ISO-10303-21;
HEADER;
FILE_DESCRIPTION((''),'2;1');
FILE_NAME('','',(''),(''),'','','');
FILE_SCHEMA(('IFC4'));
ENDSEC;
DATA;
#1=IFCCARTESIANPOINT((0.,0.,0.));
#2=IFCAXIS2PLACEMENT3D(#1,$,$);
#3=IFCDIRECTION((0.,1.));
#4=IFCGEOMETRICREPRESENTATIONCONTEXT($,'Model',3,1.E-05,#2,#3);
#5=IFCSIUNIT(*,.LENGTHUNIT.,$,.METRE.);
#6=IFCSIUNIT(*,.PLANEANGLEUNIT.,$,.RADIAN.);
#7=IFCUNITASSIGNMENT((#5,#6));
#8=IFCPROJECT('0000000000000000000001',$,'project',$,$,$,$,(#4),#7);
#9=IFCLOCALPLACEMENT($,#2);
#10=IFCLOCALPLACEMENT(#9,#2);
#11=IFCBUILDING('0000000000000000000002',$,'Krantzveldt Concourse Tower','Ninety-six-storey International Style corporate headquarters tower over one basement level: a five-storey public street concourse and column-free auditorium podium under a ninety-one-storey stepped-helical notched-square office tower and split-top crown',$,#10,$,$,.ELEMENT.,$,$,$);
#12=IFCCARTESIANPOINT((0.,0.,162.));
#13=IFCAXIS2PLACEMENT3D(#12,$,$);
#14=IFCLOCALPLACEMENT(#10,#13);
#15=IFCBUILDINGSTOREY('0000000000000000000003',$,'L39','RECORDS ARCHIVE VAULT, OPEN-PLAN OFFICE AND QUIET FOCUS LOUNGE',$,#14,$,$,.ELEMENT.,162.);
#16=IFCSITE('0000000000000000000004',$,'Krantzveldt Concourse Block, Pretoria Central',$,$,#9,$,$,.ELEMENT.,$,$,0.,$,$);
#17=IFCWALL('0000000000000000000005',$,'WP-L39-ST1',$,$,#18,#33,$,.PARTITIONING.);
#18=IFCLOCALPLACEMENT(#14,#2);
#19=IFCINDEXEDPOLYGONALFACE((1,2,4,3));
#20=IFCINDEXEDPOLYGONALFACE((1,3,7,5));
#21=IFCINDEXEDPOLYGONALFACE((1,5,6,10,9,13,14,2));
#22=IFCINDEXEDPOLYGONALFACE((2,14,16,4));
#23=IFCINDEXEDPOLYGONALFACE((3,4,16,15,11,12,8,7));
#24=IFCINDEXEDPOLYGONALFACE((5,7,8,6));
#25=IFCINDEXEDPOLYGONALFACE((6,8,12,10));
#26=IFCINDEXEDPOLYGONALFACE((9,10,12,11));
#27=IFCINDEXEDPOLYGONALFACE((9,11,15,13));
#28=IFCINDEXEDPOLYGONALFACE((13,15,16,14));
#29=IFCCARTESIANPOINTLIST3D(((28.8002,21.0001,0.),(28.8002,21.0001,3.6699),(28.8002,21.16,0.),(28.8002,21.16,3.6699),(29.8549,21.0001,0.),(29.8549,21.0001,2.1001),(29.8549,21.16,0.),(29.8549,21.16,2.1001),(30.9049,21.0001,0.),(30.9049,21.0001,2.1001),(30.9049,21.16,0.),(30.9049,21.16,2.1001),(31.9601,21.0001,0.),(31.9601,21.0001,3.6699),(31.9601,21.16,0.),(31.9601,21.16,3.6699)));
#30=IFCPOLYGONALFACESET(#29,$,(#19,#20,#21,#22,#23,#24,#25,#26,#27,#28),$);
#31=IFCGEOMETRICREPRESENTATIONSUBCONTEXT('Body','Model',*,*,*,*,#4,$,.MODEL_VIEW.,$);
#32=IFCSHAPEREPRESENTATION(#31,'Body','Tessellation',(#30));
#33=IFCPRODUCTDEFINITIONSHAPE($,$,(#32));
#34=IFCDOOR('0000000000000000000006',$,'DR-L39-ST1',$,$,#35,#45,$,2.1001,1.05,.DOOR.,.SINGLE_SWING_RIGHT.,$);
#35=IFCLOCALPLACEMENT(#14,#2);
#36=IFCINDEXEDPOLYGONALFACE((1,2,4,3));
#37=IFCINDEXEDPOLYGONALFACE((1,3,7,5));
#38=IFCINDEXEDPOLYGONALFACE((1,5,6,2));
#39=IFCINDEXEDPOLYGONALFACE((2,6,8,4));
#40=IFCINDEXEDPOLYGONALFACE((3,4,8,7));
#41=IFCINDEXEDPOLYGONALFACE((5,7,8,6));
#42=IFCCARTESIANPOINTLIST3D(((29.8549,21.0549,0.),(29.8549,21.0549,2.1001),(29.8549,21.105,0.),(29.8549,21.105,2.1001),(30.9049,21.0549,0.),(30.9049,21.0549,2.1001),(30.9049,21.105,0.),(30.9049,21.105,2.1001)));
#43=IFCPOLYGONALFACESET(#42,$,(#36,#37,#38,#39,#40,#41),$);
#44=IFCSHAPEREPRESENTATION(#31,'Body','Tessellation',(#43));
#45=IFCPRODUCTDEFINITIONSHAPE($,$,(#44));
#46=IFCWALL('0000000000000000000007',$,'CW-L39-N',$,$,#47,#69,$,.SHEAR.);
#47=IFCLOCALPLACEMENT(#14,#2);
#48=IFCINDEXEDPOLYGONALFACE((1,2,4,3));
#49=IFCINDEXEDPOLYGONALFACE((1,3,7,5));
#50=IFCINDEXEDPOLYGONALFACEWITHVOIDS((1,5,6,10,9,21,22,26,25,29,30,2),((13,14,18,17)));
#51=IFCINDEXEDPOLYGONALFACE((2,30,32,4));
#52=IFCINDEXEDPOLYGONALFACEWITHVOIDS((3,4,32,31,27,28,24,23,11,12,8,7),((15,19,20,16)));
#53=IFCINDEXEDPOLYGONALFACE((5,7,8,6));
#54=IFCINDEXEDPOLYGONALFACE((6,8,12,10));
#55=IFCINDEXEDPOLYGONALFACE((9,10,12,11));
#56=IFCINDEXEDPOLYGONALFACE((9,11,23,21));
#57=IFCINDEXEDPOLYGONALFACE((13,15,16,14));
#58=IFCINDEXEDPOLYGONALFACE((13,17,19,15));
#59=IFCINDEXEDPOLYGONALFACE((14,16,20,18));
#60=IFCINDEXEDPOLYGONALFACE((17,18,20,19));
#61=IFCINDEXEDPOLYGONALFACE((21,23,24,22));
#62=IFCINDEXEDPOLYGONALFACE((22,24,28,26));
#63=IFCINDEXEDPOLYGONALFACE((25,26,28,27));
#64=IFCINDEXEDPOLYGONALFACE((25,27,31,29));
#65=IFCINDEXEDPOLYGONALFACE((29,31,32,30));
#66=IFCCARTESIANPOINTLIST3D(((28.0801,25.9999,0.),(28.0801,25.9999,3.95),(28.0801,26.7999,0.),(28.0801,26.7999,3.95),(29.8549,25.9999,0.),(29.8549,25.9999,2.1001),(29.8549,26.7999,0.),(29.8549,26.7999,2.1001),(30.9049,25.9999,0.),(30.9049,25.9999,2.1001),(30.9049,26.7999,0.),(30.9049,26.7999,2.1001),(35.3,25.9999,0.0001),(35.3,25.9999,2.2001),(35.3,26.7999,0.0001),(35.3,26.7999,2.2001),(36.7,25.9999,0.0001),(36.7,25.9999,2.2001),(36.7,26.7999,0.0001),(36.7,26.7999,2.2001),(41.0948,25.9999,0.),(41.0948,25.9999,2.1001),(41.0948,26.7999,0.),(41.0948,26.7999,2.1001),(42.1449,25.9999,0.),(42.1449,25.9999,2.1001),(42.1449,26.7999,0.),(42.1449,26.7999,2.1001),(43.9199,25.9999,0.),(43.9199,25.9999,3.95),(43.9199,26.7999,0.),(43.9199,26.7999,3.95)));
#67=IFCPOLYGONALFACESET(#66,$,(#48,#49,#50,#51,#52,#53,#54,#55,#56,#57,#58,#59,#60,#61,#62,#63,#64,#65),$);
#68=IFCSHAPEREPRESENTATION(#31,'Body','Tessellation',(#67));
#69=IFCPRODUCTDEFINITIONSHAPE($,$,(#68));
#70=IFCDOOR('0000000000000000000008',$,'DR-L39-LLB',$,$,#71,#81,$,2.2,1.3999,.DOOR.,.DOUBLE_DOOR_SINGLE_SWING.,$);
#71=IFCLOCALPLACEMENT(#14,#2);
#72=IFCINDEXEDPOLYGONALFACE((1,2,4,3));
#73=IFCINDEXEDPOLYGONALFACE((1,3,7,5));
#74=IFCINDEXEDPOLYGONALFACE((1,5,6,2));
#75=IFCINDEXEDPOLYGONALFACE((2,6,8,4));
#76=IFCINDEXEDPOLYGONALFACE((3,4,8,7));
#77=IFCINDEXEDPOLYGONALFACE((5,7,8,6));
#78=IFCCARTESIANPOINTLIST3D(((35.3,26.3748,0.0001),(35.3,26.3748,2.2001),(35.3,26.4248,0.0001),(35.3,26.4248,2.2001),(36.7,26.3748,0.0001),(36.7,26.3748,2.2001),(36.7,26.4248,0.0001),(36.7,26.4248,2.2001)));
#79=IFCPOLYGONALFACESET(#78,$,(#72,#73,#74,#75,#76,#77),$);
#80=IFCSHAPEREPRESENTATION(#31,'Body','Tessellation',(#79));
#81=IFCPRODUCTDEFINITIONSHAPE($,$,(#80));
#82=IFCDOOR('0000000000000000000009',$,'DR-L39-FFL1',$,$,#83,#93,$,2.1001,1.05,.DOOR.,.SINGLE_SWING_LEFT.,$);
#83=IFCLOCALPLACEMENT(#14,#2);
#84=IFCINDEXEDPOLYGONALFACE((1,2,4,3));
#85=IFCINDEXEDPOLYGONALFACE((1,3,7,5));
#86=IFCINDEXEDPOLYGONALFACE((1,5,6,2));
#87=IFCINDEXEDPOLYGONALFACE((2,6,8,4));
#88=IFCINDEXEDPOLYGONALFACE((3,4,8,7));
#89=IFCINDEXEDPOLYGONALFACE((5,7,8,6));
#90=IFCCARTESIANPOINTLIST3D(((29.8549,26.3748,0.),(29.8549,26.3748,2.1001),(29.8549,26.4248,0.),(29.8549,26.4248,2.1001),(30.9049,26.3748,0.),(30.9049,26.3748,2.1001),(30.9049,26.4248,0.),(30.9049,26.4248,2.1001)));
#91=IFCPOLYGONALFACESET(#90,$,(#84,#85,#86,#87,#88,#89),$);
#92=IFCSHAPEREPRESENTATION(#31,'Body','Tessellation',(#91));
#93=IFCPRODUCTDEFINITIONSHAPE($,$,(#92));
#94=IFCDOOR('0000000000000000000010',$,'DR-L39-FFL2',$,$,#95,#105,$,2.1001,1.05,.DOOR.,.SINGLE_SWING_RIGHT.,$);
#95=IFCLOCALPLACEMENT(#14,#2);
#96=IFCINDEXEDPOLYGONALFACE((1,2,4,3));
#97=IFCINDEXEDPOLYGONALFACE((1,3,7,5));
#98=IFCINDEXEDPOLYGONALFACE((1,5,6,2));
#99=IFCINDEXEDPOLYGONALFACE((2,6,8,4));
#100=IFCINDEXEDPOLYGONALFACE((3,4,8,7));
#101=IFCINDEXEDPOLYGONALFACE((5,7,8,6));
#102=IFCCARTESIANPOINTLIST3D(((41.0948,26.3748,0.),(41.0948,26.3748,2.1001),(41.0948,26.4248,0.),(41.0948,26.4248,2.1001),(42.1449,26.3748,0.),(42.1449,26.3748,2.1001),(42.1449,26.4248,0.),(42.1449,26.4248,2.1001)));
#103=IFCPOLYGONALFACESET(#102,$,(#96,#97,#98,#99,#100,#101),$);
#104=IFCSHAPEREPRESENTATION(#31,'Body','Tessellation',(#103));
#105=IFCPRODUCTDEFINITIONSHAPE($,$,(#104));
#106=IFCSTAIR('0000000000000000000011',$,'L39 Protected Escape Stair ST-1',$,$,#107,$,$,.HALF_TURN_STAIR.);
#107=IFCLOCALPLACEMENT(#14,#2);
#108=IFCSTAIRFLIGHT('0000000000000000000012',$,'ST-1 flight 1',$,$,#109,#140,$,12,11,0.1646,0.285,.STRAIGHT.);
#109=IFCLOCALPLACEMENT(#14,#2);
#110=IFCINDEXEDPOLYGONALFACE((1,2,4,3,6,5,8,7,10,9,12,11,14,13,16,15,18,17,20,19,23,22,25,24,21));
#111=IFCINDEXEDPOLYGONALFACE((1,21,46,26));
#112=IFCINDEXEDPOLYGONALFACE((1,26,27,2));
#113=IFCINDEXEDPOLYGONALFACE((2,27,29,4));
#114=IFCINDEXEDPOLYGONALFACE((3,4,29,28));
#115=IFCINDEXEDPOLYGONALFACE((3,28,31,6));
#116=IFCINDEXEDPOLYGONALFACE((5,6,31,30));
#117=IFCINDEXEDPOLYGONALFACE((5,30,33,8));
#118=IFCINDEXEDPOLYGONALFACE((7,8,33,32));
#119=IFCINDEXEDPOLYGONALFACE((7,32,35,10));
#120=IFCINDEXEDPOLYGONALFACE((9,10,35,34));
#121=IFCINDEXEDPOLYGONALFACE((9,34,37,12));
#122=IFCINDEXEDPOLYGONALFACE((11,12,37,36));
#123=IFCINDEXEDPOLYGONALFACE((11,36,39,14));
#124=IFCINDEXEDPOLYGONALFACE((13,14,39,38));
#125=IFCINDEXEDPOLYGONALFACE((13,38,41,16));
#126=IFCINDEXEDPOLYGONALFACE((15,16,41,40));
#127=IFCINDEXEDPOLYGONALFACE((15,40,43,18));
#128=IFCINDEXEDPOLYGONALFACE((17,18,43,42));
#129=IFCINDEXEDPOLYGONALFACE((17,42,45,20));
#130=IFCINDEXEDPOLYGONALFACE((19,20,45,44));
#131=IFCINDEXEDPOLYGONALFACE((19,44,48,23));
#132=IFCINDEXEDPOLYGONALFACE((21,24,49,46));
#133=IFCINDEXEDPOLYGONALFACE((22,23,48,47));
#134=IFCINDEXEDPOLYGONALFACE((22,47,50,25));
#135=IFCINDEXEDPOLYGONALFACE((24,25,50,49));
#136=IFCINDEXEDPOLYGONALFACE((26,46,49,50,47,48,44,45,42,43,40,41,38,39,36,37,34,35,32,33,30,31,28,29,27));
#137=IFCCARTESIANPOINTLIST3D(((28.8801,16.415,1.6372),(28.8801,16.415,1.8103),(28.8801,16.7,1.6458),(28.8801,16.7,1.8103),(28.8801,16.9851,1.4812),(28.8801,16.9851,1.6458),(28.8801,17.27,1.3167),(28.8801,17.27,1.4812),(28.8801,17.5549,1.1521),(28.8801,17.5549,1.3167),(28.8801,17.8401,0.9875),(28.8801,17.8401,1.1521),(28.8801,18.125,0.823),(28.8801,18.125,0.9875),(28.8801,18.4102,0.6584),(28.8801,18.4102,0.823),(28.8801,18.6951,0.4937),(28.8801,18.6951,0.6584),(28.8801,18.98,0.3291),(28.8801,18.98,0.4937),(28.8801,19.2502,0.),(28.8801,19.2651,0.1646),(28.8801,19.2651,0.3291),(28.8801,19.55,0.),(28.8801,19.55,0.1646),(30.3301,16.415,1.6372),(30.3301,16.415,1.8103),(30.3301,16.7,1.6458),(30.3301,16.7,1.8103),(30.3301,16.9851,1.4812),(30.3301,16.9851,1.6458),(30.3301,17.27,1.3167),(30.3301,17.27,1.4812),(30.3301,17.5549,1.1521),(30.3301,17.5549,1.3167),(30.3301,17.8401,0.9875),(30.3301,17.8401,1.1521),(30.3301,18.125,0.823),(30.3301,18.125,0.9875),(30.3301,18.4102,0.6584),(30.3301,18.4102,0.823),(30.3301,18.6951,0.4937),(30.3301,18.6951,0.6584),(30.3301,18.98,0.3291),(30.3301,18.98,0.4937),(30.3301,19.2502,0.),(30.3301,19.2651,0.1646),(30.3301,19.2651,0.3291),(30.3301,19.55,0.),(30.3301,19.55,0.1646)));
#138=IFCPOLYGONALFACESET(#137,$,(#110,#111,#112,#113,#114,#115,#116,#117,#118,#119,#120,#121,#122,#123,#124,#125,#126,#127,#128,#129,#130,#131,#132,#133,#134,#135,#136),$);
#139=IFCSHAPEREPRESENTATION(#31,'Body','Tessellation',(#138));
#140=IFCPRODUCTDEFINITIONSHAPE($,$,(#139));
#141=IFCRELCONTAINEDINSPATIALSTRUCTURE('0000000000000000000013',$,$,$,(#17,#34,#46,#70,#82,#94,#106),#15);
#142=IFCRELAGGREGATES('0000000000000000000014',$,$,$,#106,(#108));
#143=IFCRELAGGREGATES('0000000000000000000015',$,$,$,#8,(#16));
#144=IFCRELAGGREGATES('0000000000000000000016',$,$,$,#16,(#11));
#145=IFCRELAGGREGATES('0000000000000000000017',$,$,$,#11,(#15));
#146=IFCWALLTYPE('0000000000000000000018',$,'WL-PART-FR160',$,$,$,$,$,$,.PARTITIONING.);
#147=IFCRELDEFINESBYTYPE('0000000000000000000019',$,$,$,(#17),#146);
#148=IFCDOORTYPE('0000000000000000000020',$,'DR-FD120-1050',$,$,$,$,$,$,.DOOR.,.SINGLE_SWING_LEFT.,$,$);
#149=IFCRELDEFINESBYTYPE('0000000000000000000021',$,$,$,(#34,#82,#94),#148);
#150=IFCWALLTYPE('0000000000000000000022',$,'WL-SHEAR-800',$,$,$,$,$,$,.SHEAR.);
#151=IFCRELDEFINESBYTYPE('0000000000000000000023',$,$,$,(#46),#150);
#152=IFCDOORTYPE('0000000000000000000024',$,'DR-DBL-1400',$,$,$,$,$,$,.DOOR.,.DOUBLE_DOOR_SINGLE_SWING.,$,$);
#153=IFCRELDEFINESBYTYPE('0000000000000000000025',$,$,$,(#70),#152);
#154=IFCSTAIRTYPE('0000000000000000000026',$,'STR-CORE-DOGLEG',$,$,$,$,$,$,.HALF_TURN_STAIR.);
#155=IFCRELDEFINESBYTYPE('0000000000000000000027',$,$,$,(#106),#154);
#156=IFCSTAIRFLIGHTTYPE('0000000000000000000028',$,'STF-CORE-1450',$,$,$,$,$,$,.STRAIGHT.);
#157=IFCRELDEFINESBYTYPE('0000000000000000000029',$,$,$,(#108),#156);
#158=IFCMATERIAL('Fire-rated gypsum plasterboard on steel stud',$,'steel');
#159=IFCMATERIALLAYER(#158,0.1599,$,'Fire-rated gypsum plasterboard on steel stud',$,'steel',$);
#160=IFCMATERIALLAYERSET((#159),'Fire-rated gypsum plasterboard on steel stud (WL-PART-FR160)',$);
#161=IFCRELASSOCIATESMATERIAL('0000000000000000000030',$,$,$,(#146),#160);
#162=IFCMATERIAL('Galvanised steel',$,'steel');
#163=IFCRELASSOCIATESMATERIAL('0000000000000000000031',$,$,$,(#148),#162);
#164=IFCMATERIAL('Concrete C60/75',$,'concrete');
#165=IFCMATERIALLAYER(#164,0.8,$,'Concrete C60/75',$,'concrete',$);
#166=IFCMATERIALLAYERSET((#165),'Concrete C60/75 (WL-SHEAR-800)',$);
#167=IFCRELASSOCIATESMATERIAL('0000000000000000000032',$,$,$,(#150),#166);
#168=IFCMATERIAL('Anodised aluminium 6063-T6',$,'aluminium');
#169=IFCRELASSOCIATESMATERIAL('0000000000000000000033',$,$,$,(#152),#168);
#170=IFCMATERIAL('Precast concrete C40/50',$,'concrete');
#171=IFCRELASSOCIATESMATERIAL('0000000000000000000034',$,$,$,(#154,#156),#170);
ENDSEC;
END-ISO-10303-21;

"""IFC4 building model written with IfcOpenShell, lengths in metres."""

from ifc_helpers import new_model, si_unit, direction, frame, frame_2d, origin, place, context, subcontext, project, spatial, polyline, rectangle, outline, extrude, material, layer, layer_set, type_object, element, fill, aggregate, save


model = new_model("IFC4")

# Units and contexts
model_context = context("Model", 3, precision=1e-05, world=origin(), true_north=direction((0.0, 1.0)))
body_context = subcontext(model_context, "Body", "Model", "MODEL_VIEW")
ifc_project = project(units=[si_unit("LENGTHUNIT", "METRE"), si_unit("PLANEANGLEUNIT", "RADIAN")], contexts=[model_context])

# Site, building, storey
site_placement = place(None, origin())
site = spatial("IfcSite", under=ifc_project, at=site_placement, Name="Krantzveldt Concourse Block, Pretoria Central", CompositionType="ELEMENT", RefElevation=0.0)
building_placement = place(site_placement, origin())
building = spatial("IfcBuilding", under=site, at=building_placement, Name="Krantzveldt Concourse Tower", Description="Ninety-six-storey International Style corporate headquarters tower over one basement level: a five-storey public street concourse and column-free auditorium podium under a ninety-one-storey stepped-helical notched-square office tower and split-top crown", CompositionType="ELEMENT")
storey_placement = place(building_placement, frame((0.0, 0.0, 162.0)))
storey = spatial("IfcBuildingStorey", under=building, at=storey_placement, Name="L39", Description="RECORDS ARCHIVE VAULT, OPEN-PLAN OFFICE AND QUIET FOCUS LOUNGE", CompositionType="ELEMENT", Elevation=162.0)

# Shared definitions
ifc_material_1 = material(Name="Fire-rated gypsum plasterboard on steel stud", Category="steel")

# Wall, opening, door
ifc_layer_1 = layer(ifc_material_1, 0.1599, Name="Fire-rated gypsum plasterboard on steel stud", Category="steel")
ifc_layer_set_1 = layer_set([ifc_layer_1], Name="Fire-rated gypsum plasterboard on steel stud (WL-PART-FR160)")
wall_type_1 = type_object("IfcWallType", Name="WL-PART-FR160", PredefinedType="PARTITIONING", material=ifc_layer_set_1)
wall_1_placement = place(storey_placement, frame((28.8, 21.0801, 0.0), z_axis=(0.0, 0.0, 1.0), x_axis=(1.0, 0.0, 0.0)))
wall_1 = element("IfcWall", 1, at=wall_1_placement, inside=storey, type_object=wall_type_1, Name="WP-L39-ST1", PredefinedType="PARTITIONING", context=body_context, shape_type="SweptSolid", body=[
    extrude(rectangle(XDim=3.1599, YDim=0.1599, at=frame_2d((1.5801, 0.0))), origin(), (0.0, 0.0, 1.0), 3.6699),
])
opening_1_placement = place(wall_1_placement, frame((1.0549, 0.0, 0.0)))
opening_1 = element("IfcOpeningElement", 2, at=opening_1_placement, cuts=wall_1, PredefinedType="OPENING", context=body_context, shape_type="SweptSolid", body=[
    extrude(rectangle(XDim=1.05, YDim=2.1001, at=frame_2d((0.5249, 1.05))), frame((0.0, 0.0898, 0.0), z_axis=(0.0, -1.0, 0.0), x_axis=(1.0, 0.0, 0.0)), (0.0, 0.0, 1.0), 0.1799),
])
ifc_material_2 = material(Name="Galvanised steel", Category="steel")
door_type_1 = type_object("IfcDoorType", Name="DR-FD120-1050", OperationType="SINGLE_SWING_LEFT", PredefinedType="DOOR", material=ifc_material_2)
door_1_placement = place(opening_1_placement, origin())
door_1 = element("IfcDoor", 3, at=door_1_placement, inside=storey, type_object=door_type_1, Name="DR-L39-ST1", OperationType="SINGLE_SWING_RIGHT", OverallHeight=2.1001, OverallWidth=1.05, PredefinedType="DOOR", context=body_context, shape_type="SweptSolid", body=[
    extrude(rectangle(XDim=1.05, YDim=2.1001, at=frame_2d((0.5249, 1.05))), frame((0.0, 0.0249, 0.0), z_axis=(0.0, -1.0, 0.0), x_axis=(1.0, 0.0, 0.0)), (0.0, 0.0, 1.0), 0.05),
])
fill(opening_1, door_1)

# Wall, openings, doors
ifc_material_3 = material(Name="Concrete C60/75", Category="concrete")
ifc_layer_2 = layer(ifc_material_3, 0.8, Name="Concrete C60/75", Category="concrete")
ifc_layer_set_2 = layer_set([ifc_layer_2], Name="Concrete C60/75 (WL-SHEAR-800)")
wall_type_2 = type_object("IfcWallType", Name="WL-SHEAR-800", PredefinedType="SHEAR", material=ifc_layer_set_2)
wall_2_placement = place(storey_placement, frame((28.0801, 26.3999, 0.0), z_axis=(0.0, 0.0, 1.0), x_axis=(1.0, 0.0, 0.0)))
wall_2 = element("IfcWall", 4, at=wall_2_placement, inside=storey, type_object=wall_type_2, Name="CW-L39-N", PredefinedType="SHEAR", context=body_context, shape_type="SweptSolid", body=[
    extrude(rectangle(XDim=15.8398, YDim=0.8, at=frame_2d((7.9199, 0.0))), origin(), (0.0, 0.0, 1.0), 3.95),
])
opening_2_placement = place(wall_2_placement, frame((7.22, 0.0, 0.0)))
opening_2 = element("IfcOpeningElement", 5, at=opening_2_placement, cuts=wall_2, PredefinedType="OPENING", context=body_context, shape_type="SweptSolid", body=[
    extrude(rectangle(XDim=1.3999, YDim=2.2, at=frame_2d((0.7, 1.1001))), frame((0.0, 0.4102, 0.0), z_axis=(0.0, -1.0, 0.0), x_axis=(1.0, 0.0, 0.0)), (0.0, 0.0, 1.0), 0.8201),
])
opening_3_placement = place(wall_2_placement, frame((1.7749, 0.0, 0.0)))
opening_3 = element("IfcOpeningElement", 6, at=opening_3_placement, cuts=wall_2, PredefinedType="OPENING", context=body_context, shape_type="SweptSolid", body=[
    extrude(rectangle(XDim=1.05, YDim=2.1001, at=frame_2d((0.5249, 1.05))), frame((0.0, 0.4102, 0.0), z_axis=(0.0, -1.0, 0.0), x_axis=(1.0, 0.0, 0.0)), (0.0, 0.0, 1.0), 0.8201),
])
opening_4_placement = place(wall_2_placement, frame((13.0149, 0.0, 0.0)))
opening_4 = element("IfcOpeningElement", 7, at=opening_4_placement, cuts=wall_2, PredefinedType="OPENING", context=body_context, shape_type="SweptSolid", body=[
    extrude(rectangle(XDim=1.05, YDim=2.1001, at=frame_2d((0.5249, 1.05))), frame((0.0, 0.4102, 0.0), z_axis=(0.0, -1.0, 0.0), x_axis=(1.0, 0.0, 0.0)), (0.0, 0.0, 1.0), 0.8201),
])
ifc_material_4 = material(Name="Anodised aluminium 6063-T6", Category="aluminium")
door_type_2 = type_object("IfcDoorType", Name="DR-DBL-1400", OperationType="DOUBLE_DOOR_SINGLE_SWING", PredefinedType="DOOR", material=ifc_material_4)
door_2_placement = place(opening_2_placement, origin())
door_2 = element("IfcDoor", 8, at=door_2_placement, inside=storey, type_object=door_type_2, Name="DR-L39-LLB", OperationType="DOUBLE_DOOR_SINGLE_SWING", OverallHeight=2.2, OverallWidth=1.3999, PredefinedType="DOOR", context=body_context, shape_type="SweptSolid", body=[
    extrude(rectangle(XDim=1.3999, YDim=2.2, at=frame_2d((0.7, 1.1001))), frame((0.0, 0.0249, 0.0), z_axis=(0.0, -1.0, 0.0), x_axis=(1.0, 0.0, 0.0)), (0.0, 0.0, 1.0), 0.05),
])
fill(opening_2, door_2)
door_3_placement = place(opening_3_placement, origin())
door_3 = element("IfcDoor", 9, at=door_3_placement, inside=storey, type_object=door_type_1, Name="DR-L39-FFL1", OperationType="SINGLE_SWING_LEFT", OverallHeight=2.1001, OverallWidth=1.05, PredefinedType="DOOR", context=body_context, shape_type="SweptSolid", body=[
    extrude(rectangle(XDim=1.05, YDim=2.1001, at=frame_2d((0.5249, 1.05))), frame((0.0, 0.0249, 0.0), z_axis=(0.0, -1.0, 0.0), x_axis=(1.0, 0.0, 0.0)), (0.0, 0.0, 1.0), 0.05),
])
fill(opening_3, door_3)
door_4_placement = place(opening_4_placement, origin())
door_4 = element("IfcDoor", 10, at=door_4_placement, inside=storey, type_object=door_type_1, Name="DR-L39-FFL2", OperationType="SINGLE_SWING_RIGHT", OverallHeight=2.1001, OverallWidth=1.05, PredefinedType="DOOR", context=body_context, shape_type="SweptSolid", body=[
    extrude(rectangle(XDim=1.05, YDim=2.1001, at=frame_2d((0.5249, 1.05))), frame((0.0, 0.0249, 0.0), z_axis=(0.0, -1.0, 0.0), x_axis=(1.0, 0.0, 0.0)), (0.0, 0.0, 1.0), 0.05),
])
fill(opening_4, door_4)

# Stair, stair flight
ifc_material_5 = material(Name="Precast concrete C40/50", Category="concrete")
stair_type = type_object("IfcStairType", Name="STR-CORE-DOGLEG", PredefinedType="HALF_TURN_STAIR", material=ifc_material_5)
stair_placement = place(storey_placement, origin())
stair = element("IfcStair", 11, at=stair_placement, inside=storey, type_object=stair_type, Name="L39 Protected Escape Stair ST-1", PredefinedType="HALF_TURN_STAIR")
stair_flight_type = type_object("IfcStairFlightType", Name="STF-CORE-1450", PredefinedType="STRAIGHT", material=ifc_material_5)
stair_flight_1_placement = place(storey_placement, frame((29.605, 19.55, 0.0), z_axis=(0.0, 0.0, 1.0), x_axis=(0.0, -1.0, 0.0)))
stair_flight_1 = element("IfcStairFlight", 12, at=stair_flight_1_placement, type_object=stair_flight_type, Name="ST-1 flight 1", NumberOfRisers=12, NumberOfTreads=11, PredefinedType="STRAIGHT", RiserHeight=0.1646, TreadLength=0.285, context=body_context, shape_type="SweptSolid", body=[
    extrude(outline(polyline([(0.0, 0.0), (0.0, 0.1646), (0.2849, 0.1646), (0.2849, 0.3291), (0.5701, 0.3291), (0.5701, 0.4937), (0.855, 0.4937), (0.855, 0.6584), (1.1399, 0.6584), (1.1399, 0.823), (1.425, 0.823), (1.425, 0.9875), (1.71, 0.9875), (1.71, 1.1521), (1.9951, 1.1521), (1.9951, 1.3167), (2.28, 1.3167), (2.28, 1.4812), (2.5649, 1.4812), (2.5649, 1.6458), (2.8501, 1.6458), (2.8501, 1.8103), (3.135, 1.8103), (3.135, 1.9751), (3.135, 1.6372), (0.2998, 0.0), (0.0, 0.0)])), frame((0.0, 0.7251, 0.0), z_axis=(0.0, -1.0, 0.0), x_axis=(1.0, 0.0, 0.0)), (0.0, 0.0, 1.0), 1.45),
])
aggregate(stair, [stair_flight_1])

save(model, "model.ifc")
